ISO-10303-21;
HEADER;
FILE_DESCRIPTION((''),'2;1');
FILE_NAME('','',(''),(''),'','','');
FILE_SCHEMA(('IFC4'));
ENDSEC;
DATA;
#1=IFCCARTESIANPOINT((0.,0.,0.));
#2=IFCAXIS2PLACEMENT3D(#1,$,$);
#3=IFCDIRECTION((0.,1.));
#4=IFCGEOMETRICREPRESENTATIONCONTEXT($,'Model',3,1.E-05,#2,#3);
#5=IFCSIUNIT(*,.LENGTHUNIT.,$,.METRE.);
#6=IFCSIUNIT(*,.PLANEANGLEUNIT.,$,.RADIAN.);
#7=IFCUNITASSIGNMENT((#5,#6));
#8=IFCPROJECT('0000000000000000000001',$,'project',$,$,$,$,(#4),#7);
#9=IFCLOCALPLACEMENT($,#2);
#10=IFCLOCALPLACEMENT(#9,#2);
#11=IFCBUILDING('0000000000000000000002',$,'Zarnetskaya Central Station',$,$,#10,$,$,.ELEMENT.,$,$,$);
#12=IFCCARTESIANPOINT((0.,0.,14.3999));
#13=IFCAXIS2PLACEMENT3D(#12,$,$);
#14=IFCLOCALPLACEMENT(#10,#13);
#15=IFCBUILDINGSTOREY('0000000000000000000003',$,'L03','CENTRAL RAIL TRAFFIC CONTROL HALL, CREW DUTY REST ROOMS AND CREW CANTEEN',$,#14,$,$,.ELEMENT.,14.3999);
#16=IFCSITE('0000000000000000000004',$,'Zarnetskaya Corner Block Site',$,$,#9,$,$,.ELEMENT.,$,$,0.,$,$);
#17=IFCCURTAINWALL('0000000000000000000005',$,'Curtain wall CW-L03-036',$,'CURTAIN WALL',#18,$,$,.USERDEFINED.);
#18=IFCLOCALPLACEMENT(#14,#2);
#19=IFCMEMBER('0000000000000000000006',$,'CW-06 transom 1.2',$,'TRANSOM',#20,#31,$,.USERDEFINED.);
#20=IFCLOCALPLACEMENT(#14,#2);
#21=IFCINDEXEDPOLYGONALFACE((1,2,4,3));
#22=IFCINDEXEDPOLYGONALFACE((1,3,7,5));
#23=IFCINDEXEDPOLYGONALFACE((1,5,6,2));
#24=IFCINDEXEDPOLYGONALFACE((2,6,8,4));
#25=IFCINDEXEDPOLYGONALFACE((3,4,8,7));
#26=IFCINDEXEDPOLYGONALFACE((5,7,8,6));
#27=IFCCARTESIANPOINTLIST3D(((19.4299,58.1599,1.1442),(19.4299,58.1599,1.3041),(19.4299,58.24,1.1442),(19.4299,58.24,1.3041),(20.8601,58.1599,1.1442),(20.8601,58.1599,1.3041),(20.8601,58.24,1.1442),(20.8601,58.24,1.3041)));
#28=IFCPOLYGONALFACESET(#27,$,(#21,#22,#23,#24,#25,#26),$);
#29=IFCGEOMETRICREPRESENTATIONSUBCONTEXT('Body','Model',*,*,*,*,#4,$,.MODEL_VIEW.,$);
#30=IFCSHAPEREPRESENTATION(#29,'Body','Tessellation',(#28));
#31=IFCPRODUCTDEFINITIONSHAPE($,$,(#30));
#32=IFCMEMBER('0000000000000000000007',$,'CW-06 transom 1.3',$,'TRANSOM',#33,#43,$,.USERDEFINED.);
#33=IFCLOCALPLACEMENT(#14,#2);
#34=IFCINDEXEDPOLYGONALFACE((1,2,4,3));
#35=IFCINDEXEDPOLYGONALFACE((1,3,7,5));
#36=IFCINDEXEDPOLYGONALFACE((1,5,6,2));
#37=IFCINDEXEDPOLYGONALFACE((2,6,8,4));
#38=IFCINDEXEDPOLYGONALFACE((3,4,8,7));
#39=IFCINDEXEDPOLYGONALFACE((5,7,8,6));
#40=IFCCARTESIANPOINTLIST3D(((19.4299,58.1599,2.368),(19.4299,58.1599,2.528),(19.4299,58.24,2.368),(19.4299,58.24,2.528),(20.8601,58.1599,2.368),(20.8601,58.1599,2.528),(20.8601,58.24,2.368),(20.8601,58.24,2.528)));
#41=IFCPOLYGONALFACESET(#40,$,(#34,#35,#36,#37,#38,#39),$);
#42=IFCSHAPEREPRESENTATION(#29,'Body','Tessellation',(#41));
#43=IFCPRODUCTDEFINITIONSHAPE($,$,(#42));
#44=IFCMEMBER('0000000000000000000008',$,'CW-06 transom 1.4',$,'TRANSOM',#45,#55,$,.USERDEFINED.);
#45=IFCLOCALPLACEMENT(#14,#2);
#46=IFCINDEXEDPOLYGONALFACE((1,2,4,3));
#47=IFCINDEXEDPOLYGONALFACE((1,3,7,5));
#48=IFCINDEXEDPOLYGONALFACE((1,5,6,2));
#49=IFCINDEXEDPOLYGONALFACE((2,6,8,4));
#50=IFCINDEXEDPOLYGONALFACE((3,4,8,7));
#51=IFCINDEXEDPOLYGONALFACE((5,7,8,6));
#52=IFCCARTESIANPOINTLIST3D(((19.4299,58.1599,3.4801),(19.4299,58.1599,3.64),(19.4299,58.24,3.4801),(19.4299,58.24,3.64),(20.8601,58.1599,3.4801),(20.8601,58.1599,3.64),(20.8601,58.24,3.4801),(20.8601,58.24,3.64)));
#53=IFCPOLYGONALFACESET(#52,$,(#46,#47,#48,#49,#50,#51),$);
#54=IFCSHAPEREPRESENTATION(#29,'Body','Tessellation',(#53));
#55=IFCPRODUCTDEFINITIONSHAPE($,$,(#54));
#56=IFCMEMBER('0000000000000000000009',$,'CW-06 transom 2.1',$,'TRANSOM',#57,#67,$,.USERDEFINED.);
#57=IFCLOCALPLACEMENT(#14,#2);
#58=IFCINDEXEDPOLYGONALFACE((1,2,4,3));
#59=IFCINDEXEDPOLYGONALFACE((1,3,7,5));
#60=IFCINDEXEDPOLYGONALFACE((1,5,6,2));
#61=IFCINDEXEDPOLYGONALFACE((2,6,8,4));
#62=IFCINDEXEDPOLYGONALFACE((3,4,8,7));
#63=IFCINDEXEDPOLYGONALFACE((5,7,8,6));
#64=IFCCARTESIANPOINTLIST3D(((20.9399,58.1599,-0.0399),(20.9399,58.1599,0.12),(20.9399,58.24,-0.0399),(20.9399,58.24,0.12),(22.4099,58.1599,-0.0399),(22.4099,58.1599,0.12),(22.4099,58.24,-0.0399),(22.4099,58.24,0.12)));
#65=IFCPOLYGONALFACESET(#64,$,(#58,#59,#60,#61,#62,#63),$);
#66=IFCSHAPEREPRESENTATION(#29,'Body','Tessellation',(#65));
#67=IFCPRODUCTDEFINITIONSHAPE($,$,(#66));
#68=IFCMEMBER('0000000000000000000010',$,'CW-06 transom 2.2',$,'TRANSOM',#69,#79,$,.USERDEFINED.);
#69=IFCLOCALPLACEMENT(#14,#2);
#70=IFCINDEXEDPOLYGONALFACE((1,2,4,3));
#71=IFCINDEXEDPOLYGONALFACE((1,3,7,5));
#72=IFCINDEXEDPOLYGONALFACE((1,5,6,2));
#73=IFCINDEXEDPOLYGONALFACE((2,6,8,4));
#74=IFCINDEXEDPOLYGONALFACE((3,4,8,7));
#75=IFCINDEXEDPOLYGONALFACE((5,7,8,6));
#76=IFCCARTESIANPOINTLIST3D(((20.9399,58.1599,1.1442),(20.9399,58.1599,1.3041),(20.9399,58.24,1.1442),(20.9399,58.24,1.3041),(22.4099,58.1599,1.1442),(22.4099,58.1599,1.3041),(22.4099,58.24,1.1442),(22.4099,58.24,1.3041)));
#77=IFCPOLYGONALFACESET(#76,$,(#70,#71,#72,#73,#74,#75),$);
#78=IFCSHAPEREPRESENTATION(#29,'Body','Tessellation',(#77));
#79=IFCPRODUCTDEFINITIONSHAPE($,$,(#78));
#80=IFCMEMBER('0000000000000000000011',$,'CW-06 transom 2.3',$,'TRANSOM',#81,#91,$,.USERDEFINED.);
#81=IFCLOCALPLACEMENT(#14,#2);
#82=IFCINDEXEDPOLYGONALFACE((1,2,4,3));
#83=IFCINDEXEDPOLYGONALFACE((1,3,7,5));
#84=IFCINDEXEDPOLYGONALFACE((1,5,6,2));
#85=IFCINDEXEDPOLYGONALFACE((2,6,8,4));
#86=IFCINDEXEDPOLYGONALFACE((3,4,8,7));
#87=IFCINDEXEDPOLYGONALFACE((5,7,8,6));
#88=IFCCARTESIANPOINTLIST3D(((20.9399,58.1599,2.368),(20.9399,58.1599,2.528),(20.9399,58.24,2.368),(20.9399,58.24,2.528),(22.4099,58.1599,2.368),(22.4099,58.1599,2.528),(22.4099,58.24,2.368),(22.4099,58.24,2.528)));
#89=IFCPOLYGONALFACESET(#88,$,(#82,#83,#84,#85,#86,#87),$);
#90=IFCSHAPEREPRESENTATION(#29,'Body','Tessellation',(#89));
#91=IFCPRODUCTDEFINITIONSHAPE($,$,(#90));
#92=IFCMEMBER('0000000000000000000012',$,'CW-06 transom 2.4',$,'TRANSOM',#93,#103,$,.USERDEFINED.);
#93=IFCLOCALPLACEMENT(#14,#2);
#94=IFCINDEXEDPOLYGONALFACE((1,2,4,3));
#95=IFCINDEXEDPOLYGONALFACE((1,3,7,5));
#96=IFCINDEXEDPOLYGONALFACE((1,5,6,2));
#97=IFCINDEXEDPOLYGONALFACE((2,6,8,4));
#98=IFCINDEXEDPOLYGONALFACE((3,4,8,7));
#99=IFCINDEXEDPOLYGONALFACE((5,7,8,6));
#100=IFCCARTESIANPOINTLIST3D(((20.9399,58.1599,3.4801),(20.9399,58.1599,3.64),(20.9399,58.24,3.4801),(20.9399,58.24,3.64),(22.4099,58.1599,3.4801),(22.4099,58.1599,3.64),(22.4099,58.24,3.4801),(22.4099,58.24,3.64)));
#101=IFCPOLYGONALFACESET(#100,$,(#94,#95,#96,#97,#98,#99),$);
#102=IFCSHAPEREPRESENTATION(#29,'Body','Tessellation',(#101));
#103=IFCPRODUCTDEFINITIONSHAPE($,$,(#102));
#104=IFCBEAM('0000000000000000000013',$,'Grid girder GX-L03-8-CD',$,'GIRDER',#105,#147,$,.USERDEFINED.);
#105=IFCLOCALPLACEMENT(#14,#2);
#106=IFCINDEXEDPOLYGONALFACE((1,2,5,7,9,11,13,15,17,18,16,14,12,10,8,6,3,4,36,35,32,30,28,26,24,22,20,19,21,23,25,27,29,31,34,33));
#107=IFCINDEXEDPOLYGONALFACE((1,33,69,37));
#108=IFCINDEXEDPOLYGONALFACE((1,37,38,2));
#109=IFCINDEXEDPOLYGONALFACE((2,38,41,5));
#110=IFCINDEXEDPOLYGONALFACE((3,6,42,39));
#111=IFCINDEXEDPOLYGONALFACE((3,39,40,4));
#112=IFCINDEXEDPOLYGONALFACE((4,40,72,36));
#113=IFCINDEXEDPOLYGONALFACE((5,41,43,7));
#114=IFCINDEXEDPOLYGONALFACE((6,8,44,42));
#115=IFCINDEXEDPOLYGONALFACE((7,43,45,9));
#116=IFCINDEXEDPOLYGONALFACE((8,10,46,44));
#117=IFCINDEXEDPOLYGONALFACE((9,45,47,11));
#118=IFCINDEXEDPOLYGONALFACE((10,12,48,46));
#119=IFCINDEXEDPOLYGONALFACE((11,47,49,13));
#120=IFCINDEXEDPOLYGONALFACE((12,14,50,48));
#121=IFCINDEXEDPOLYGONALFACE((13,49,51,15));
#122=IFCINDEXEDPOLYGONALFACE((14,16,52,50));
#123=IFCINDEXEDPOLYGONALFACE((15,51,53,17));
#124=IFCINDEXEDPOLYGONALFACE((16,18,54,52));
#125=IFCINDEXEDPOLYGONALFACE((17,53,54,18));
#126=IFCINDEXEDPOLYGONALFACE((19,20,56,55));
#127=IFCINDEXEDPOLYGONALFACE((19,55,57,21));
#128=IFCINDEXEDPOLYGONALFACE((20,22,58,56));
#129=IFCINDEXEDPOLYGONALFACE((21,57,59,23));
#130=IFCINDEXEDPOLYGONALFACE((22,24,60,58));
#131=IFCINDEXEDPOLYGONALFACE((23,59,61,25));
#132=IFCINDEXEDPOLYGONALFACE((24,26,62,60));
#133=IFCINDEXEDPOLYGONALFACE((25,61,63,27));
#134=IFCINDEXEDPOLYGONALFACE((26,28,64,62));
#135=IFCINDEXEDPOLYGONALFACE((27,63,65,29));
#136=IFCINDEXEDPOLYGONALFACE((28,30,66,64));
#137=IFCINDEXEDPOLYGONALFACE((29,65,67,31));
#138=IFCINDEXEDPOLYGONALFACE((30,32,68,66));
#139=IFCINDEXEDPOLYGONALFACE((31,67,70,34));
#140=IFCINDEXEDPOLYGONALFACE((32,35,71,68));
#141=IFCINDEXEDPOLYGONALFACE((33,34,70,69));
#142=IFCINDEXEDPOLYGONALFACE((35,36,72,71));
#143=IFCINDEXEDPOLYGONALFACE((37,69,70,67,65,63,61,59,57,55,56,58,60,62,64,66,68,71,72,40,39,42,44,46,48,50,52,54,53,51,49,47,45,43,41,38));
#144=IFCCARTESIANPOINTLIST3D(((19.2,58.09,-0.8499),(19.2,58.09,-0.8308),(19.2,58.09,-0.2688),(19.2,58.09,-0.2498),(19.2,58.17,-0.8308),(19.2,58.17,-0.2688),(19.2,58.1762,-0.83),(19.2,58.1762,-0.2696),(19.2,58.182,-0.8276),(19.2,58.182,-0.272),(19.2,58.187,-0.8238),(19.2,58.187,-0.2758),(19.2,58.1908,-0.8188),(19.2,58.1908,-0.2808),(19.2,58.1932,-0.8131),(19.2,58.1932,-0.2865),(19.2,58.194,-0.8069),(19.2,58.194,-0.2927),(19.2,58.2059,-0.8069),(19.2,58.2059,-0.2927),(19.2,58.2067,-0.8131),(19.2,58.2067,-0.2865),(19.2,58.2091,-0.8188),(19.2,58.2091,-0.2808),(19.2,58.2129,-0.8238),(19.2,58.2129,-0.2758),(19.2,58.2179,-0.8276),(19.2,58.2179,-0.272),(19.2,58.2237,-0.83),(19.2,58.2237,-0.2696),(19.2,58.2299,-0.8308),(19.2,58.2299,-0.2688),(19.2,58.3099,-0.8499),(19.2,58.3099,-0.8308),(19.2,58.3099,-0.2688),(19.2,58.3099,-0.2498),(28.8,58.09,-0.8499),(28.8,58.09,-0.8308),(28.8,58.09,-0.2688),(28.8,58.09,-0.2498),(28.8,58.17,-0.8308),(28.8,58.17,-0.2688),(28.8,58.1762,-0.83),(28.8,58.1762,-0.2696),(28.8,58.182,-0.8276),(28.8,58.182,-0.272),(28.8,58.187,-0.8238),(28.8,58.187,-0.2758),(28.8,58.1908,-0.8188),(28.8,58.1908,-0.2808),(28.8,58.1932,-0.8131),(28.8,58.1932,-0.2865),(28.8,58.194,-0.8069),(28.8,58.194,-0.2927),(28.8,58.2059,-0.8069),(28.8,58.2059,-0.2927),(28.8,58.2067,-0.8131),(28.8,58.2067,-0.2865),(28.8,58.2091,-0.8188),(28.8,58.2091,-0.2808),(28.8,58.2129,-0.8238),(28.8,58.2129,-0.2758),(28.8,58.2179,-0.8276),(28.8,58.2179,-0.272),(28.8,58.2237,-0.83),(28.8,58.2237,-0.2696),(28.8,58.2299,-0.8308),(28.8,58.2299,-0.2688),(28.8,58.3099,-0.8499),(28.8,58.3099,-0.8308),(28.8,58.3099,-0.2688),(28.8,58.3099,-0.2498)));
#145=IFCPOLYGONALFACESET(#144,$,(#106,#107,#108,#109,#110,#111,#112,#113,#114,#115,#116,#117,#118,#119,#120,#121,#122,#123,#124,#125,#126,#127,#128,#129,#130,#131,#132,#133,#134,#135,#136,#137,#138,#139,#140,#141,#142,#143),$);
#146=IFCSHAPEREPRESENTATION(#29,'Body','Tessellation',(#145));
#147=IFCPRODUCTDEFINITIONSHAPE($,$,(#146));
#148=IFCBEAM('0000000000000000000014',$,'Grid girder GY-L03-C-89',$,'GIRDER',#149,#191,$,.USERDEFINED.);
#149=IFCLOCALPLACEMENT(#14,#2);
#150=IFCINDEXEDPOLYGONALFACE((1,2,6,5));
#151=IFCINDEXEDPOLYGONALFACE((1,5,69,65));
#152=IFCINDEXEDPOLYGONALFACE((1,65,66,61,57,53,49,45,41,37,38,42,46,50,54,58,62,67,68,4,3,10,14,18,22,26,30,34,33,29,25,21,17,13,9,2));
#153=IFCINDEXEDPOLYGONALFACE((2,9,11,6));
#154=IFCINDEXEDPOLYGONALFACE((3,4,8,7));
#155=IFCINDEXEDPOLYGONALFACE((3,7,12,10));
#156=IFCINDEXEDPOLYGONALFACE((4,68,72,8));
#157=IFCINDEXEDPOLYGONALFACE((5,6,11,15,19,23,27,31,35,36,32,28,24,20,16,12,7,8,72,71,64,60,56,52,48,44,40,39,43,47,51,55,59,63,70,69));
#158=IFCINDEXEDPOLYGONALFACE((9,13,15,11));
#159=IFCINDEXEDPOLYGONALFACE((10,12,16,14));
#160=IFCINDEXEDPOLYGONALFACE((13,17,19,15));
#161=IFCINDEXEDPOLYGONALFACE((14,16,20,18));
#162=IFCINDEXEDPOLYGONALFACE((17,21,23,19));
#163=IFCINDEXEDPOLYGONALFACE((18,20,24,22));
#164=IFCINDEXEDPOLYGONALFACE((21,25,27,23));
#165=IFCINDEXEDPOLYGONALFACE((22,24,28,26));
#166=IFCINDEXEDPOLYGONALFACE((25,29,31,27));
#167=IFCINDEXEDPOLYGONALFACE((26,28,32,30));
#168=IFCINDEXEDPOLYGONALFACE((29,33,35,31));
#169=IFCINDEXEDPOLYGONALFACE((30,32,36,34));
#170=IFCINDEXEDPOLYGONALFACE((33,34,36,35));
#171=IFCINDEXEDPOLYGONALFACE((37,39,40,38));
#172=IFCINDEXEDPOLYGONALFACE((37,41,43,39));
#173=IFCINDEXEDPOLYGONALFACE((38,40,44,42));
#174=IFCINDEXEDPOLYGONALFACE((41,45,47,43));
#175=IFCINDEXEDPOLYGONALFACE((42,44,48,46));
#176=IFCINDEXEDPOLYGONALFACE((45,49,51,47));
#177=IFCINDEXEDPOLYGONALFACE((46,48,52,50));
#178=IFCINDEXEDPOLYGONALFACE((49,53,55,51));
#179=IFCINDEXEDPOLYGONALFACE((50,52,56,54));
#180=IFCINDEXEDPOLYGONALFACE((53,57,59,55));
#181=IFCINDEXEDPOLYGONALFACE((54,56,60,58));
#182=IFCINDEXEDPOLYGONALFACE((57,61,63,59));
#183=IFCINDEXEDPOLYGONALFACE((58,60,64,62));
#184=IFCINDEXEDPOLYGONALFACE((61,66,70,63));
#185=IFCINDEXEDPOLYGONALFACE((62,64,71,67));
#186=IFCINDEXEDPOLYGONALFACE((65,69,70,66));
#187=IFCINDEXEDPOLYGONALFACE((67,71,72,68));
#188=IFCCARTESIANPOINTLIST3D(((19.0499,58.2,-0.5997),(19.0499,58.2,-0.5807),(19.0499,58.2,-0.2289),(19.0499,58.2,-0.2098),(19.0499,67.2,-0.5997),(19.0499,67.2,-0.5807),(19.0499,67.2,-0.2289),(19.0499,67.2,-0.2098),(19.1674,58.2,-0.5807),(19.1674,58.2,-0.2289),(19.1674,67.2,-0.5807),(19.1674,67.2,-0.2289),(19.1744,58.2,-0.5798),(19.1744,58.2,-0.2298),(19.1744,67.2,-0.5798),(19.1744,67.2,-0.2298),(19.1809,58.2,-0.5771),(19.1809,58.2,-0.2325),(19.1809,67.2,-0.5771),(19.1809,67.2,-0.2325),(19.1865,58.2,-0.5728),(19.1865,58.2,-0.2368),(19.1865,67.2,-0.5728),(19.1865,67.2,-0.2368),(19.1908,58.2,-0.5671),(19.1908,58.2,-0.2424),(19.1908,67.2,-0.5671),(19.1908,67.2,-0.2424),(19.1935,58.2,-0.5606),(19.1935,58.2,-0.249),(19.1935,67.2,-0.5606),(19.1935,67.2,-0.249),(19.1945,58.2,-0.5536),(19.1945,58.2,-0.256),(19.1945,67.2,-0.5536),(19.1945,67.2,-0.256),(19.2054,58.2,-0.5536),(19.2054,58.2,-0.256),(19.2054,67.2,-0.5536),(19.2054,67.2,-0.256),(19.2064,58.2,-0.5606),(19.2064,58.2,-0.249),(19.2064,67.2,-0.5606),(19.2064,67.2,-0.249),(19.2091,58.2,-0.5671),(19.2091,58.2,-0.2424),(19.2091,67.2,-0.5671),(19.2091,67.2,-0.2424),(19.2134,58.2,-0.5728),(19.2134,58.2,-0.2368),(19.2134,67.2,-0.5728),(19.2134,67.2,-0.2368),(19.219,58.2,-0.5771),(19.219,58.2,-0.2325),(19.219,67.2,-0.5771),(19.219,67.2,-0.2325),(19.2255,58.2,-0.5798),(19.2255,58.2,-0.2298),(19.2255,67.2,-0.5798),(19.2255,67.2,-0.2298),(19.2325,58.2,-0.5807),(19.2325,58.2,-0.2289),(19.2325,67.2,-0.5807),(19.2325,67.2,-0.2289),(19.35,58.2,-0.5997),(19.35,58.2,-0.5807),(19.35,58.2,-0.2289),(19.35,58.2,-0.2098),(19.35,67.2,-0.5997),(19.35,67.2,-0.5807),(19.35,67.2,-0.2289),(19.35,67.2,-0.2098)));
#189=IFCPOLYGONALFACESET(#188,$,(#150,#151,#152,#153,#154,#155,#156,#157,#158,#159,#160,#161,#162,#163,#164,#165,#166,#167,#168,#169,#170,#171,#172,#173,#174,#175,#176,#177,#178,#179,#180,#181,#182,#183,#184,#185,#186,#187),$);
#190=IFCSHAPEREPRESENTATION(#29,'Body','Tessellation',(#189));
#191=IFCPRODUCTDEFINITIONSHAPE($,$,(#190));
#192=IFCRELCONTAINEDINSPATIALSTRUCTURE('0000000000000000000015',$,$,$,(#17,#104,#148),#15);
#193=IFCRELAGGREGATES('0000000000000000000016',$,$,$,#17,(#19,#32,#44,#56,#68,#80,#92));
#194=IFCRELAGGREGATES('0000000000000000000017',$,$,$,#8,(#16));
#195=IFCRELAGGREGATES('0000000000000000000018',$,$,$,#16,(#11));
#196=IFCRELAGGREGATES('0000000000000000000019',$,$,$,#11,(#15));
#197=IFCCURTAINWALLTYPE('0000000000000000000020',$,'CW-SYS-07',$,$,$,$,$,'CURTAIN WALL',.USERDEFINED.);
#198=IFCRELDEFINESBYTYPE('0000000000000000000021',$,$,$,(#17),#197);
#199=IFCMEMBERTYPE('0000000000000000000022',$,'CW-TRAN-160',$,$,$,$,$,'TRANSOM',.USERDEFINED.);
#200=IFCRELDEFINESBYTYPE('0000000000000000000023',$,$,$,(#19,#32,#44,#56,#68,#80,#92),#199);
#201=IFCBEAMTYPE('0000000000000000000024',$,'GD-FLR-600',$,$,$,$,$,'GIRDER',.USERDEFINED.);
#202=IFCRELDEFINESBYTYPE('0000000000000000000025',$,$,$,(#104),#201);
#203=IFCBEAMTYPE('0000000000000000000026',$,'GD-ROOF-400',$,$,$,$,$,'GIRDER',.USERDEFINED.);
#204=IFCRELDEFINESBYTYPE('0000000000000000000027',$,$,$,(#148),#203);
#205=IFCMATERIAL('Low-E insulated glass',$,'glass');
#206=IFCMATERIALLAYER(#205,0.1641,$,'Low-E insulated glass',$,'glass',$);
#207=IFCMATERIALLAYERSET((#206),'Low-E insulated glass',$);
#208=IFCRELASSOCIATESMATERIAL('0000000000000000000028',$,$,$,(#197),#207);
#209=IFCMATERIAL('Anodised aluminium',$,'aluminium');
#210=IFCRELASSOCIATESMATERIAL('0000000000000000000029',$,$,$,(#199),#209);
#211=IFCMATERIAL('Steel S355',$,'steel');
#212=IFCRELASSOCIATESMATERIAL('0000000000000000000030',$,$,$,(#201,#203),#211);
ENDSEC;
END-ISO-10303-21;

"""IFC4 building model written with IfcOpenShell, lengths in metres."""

from ifc_helpers import new_model, si_unit, direction, frame, origin, origin_2d, place, context, subcontext, project, spatial, rectangle, i_section, extrude, material, layer, layer_set, material_profile, profile_set, type_object, element, aggregate, save


model = new_model("IFC4")

# Units and contexts
model_context = context("Model", 3, precision=1e-05, world=origin(), true_north=direction((0.0, 1.0)))
body_context = subcontext(model_context, "Body", "Model", "MODEL_VIEW")
ifc_project = project(units=[si_unit("LENGTHUNIT", "METRE"), si_unit("PLANEANGLEUNIT", "RADIAN")], contexts=[model_context])

# Site, building, storey
site_placement = place(None, origin())
site = spatial("IfcSite", under=ifc_project, at=site_placement, Name="Zarnetskaya Corner Block Site", CompositionType="ELEMENT", RefElevation=0.0)
building_placement = place(site_placement, origin())
building = spatial("IfcBuilding", under=site, at=building_placement, Name="Zarnetskaya Central Station", CompositionType="ELEMENT")
storey_placement = place(building_placement, frame((0.0, 0.0, 14.3999)))
storey = spatial("IfcBuildingStorey", under=building, at=storey_placement, Name="L03", Description="CENTRAL RAIL TRAFFIC CONTROL HALL, CREW DUTY REST ROOMS AND CREW CANTEEN", CompositionType="ELEMENT", Elevation=14.3999)

# Shared definitions
ifc_material_1 = material(Name="Steel S355", Category="steel")

# Curtain wall, members
ifc_material_2 = material(Name="Low-E insulated glass", Category="glass")
ifc_layer_1 = layer(ifc_material_2, 0.1641, Name="Low-E insulated glass", Category="glass")
ifc_layer_set_1 = layer_set([ifc_layer_1], Name="Low-E insulated glass")
curtain_wall_type = type_object("IfcCurtainWallType", Name="CW-SYS-07", ElementType="CURTAIN WALL", PredefinedType="USERDEFINED", material=ifc_layer_set_1)
curtain_wall_placement = place(storey_placement, origin())
curtain_wall = element("IfcCurtainWall", 1, at=curtain_wall_placement, inside=storey, type_object=curtain_wall_type, Name="Curtain wall CW-L03-036", ObjectType="CURTAIN WALL", PredefinedType="USERDEFINED")
ifc_material_3 = material(Name="Anodised aluminium", Category="aluminium")
ifc_material_profile_1 = material_profile(ifc_material_3, rectangle(XDim=0.0801, YDim=0.1599, at=origin_2d()), Name="ALU TRAN 80x160")
ifc_profile_set_1 = profile_set([ifc_material_profile_1], Name="Anodised aluminium")
member_type_1 = type_object("IfcMemberType", Name="CW-TRAN-160", ElementType="TRANSOM", PredefinedType="USERDEFINED", material=ifc_profile_set_1)
member_1_placement = place(storey_placement, frame((19.4299, 58.2, 1.2241), z_axis=(1.0, 0.0, 0.0), x_axis=(0.0, 1.0, 0.0)))
member_1 = element("IfcMember", 2, at=member_1_placement, type_object=member_type_1, Name="CW-06 transom 1.2", ObjectType="TRANSOM", PredefinedType="USERDEFINED", context=body_context, shape_type="SweptSolid", body=[
    extrude(rectangle(XDim=0.0801, YDim=0.1599, at=origin_2d()), origin(), (0.0, 0.0, 1.0), 1.4302),
])
member_2_placement = place(storey_placement, frame((19.4299, 58.2, 2.448), z_axis=(1.0, 0.0, 0.0), x_axis=(0.0, 1.0, 0.0)))
member_2 = element("IfcMember", 3, at=member_2_placement, type_object=member_type_1, Name="CW-06 transom 1.3", ObjectType="TRANSOM", PredefinedType="USERDEFINED", context=body_context, shape_type="SweptSolid", body=[
    extrude(rectangle(XDim=0.0801, YDim=0.1599, at=origin_2d()), origin(), (0.0, 0.0, 1.0), 1.4302),
])
member_3_placement = place(storey_placement, frame((19.4299, 58.2, 3.5601), z_axis=(1.0, 0.0, 0.0), x_axis=(0.0, 1.0, 0.0)))
member_3 = element("IfcMember", 4, at=member_3_placement, type_object=member_type_1, Name="CW-06 transom 1.4", ObjectType="TRANSOM", PredefinedType="USERDEFINED", context=body_context, shape_type="SweptSolid", body=[
    extrude(rectangle(XDim=0.0801, YDim=0.1599, at=origin_2d()), origin(), (0.0, 0.0, 1.0), 1.4302),
])
member_4_placement = place(storey_placement, frame((20.9399, 58.2, 0.04), z_axis=(1.0, 0.0, 0.0), x_axis=(0.0, 1.0, 0.0)))
member_4 = element("IfcMember", 5, at=member_4_placement, type_object=member_type_1, Name="CW-06 transom 2.1", ObjectType="TRANSOM", PredefinedType="USERDEFINED", context=body_context, shape_type="SweptSolid", body=[
    extrude(rectangle(XDim=0.0801, YDim=0.1599, at=origin_2d()), origin(), (0.0, 0.0, 1.0), 1.47),
])
member_5_placement = place(storey_placement, frame((20.9399, 58.2, 1.2241), z_axis=(1.0, 0.0, 0.0), x_axis=(0.0, 1.0, 0.0)))
member_5 = element("IfcMember", 6, at=member_5_placement, type_object=member_type_1, Name="CW-06 transom 2.2", ObjectType="TRANSOM", PredefinedType="USERDEFINED", context=body_context, shape_type="SweptSolid", body=[
    extrude(rectangle(XDim=0.0801, YDim=0.1599, at=origin_2d()), origin(), (0.0, 0.0, 1.0), 1.47),
])
member_6_placement = place(storey_placement, frame((20.9399, 58.2, 2.448), z_axis=(1.0, 0.0, 0.0), x_axis=(0.0, 1.0, 0.0)))
member_6 = element("IfcMember", 7, at=member_6_placement, type_object=member_type_1, Name="CW-06 transom 2.3", ObjectType="TRANSOM", PredefinedType="USERDEFINED", context=body_context, shape_type="SweptSolid", body=[
    extrude(rectangle(XDim=0.0801, YDim=0.1599, at=origin_2d()), origin(), (0.0, 0.0, 1.0), 1.47),
])
member_7_placement = place(storey_placement, frame((20.9399, 58.2, 3.5601), z_axis=(1.0, 0.0, 0.0), x_axis=(0.0, 1.0, 0.0)))
member_7 = element("IfcMember", 8, at=member_7_placement, type_object=member_type_1, Name="CW-06 transom 2.4", ObjectType="TRANSOM", PredefinedType="USERDEFINED", context=body_context, shape_type="SweptSolid", body=[
    extrude(rectangle(XDim=0.0801, YDim=0.1599, at=origin_2d()), origin(), (0.0, 0.0, 1.0), 1.47),
])

# Beams
ifc_material_profile_2 = material_profile(ifc_material_1, i_section(OverallWidth=0.22, OverallDepth=0.6001, WebThickness=0.012, FlangeThickness=0.019, FilletRadius=0.0239, at=origin_2d()), Name="IPE 600")
ifc_profile_set_2 = profile_set([ifc_material_profile_2], Name="Steel S355")
beam_type_1 = type_object("IfcBeamType", Name="GD-FLR-600", ElementType="GIRDER", PredefinedType="USERDEFINED", material=ifc_profile_set_2)
beam_1_placement = place(storey_placement, frame((19.2, 58.2, -0.5498), z_axis=(1.0, 0.0, 0.0), x_axis=(0.0, 1.0, 0.0)))
element("IfcBeam", 9, at=beam_1_placement, inside=storey, type_object=beam_type_1, Name="Grid girder GX-L03-8-CD", ObjectType="GIRDER", PredefinedType="USERDEFINED", context=body_context, shape_type="SweptSolid", body=[
    extrude(i_section(OverallWidth=0.22, OverallDepth=0.6001, WebThickness=0.012, FlangeThickness=0.019, FilletRadius=0.0239, at=origin_2d()), origin(), (0.0, 0.0, 1.0), 9.6001),
])
ifc_material_profile_3 = material_profile(ifc_material_1, i_section(OverallWidth=0.3, OverallDepth=0.3899, WebThickness=0.011, FlangeThickness=0.019, FilletRadius=0.0271, at=origin_2d()), Name="HEA 400")
ifc_profile_set_3 = profile_set([ifc_material_profile_3], Name="Steel S355")
beam_type_2 = type_object("IfcBeamType", Name="GD-ROOF-400", ElementType="GIRDER", PredefinedType="USERDEFINED", material=ifc_profile_set_3)
beam_2_placement = place(storey_placement, frame((19.2, 58.2, -0.4048), z_axis=(0.0, 1.0, 0.0), x_axis=(-1.0, 0.0, 0.0)))
element("IfcBeam", 10, at=beam_2_placement, inside=storey, type_object=beam_type_2, Name="Grid girder GY-L03-C-89", ObjectType="GIRDER", PredefinedType="USERDEFINED", context=body_context, shape_type="SweptSolid", body=[
    extrude(i_section(OverallWidth=0.3, OverallDepth=0.3899, WebThickness=0.011, FlangeThickness=0.019, FilletRadius=0.0271, at=origin_2d()), origin(), (0.0, 0.0, 1.0), 9.0),
])

aggregate(curtain_wall, [member_1, member_2, member_3, member_4, member_5, member_6, member_7])

save(model, "model.ifc")
